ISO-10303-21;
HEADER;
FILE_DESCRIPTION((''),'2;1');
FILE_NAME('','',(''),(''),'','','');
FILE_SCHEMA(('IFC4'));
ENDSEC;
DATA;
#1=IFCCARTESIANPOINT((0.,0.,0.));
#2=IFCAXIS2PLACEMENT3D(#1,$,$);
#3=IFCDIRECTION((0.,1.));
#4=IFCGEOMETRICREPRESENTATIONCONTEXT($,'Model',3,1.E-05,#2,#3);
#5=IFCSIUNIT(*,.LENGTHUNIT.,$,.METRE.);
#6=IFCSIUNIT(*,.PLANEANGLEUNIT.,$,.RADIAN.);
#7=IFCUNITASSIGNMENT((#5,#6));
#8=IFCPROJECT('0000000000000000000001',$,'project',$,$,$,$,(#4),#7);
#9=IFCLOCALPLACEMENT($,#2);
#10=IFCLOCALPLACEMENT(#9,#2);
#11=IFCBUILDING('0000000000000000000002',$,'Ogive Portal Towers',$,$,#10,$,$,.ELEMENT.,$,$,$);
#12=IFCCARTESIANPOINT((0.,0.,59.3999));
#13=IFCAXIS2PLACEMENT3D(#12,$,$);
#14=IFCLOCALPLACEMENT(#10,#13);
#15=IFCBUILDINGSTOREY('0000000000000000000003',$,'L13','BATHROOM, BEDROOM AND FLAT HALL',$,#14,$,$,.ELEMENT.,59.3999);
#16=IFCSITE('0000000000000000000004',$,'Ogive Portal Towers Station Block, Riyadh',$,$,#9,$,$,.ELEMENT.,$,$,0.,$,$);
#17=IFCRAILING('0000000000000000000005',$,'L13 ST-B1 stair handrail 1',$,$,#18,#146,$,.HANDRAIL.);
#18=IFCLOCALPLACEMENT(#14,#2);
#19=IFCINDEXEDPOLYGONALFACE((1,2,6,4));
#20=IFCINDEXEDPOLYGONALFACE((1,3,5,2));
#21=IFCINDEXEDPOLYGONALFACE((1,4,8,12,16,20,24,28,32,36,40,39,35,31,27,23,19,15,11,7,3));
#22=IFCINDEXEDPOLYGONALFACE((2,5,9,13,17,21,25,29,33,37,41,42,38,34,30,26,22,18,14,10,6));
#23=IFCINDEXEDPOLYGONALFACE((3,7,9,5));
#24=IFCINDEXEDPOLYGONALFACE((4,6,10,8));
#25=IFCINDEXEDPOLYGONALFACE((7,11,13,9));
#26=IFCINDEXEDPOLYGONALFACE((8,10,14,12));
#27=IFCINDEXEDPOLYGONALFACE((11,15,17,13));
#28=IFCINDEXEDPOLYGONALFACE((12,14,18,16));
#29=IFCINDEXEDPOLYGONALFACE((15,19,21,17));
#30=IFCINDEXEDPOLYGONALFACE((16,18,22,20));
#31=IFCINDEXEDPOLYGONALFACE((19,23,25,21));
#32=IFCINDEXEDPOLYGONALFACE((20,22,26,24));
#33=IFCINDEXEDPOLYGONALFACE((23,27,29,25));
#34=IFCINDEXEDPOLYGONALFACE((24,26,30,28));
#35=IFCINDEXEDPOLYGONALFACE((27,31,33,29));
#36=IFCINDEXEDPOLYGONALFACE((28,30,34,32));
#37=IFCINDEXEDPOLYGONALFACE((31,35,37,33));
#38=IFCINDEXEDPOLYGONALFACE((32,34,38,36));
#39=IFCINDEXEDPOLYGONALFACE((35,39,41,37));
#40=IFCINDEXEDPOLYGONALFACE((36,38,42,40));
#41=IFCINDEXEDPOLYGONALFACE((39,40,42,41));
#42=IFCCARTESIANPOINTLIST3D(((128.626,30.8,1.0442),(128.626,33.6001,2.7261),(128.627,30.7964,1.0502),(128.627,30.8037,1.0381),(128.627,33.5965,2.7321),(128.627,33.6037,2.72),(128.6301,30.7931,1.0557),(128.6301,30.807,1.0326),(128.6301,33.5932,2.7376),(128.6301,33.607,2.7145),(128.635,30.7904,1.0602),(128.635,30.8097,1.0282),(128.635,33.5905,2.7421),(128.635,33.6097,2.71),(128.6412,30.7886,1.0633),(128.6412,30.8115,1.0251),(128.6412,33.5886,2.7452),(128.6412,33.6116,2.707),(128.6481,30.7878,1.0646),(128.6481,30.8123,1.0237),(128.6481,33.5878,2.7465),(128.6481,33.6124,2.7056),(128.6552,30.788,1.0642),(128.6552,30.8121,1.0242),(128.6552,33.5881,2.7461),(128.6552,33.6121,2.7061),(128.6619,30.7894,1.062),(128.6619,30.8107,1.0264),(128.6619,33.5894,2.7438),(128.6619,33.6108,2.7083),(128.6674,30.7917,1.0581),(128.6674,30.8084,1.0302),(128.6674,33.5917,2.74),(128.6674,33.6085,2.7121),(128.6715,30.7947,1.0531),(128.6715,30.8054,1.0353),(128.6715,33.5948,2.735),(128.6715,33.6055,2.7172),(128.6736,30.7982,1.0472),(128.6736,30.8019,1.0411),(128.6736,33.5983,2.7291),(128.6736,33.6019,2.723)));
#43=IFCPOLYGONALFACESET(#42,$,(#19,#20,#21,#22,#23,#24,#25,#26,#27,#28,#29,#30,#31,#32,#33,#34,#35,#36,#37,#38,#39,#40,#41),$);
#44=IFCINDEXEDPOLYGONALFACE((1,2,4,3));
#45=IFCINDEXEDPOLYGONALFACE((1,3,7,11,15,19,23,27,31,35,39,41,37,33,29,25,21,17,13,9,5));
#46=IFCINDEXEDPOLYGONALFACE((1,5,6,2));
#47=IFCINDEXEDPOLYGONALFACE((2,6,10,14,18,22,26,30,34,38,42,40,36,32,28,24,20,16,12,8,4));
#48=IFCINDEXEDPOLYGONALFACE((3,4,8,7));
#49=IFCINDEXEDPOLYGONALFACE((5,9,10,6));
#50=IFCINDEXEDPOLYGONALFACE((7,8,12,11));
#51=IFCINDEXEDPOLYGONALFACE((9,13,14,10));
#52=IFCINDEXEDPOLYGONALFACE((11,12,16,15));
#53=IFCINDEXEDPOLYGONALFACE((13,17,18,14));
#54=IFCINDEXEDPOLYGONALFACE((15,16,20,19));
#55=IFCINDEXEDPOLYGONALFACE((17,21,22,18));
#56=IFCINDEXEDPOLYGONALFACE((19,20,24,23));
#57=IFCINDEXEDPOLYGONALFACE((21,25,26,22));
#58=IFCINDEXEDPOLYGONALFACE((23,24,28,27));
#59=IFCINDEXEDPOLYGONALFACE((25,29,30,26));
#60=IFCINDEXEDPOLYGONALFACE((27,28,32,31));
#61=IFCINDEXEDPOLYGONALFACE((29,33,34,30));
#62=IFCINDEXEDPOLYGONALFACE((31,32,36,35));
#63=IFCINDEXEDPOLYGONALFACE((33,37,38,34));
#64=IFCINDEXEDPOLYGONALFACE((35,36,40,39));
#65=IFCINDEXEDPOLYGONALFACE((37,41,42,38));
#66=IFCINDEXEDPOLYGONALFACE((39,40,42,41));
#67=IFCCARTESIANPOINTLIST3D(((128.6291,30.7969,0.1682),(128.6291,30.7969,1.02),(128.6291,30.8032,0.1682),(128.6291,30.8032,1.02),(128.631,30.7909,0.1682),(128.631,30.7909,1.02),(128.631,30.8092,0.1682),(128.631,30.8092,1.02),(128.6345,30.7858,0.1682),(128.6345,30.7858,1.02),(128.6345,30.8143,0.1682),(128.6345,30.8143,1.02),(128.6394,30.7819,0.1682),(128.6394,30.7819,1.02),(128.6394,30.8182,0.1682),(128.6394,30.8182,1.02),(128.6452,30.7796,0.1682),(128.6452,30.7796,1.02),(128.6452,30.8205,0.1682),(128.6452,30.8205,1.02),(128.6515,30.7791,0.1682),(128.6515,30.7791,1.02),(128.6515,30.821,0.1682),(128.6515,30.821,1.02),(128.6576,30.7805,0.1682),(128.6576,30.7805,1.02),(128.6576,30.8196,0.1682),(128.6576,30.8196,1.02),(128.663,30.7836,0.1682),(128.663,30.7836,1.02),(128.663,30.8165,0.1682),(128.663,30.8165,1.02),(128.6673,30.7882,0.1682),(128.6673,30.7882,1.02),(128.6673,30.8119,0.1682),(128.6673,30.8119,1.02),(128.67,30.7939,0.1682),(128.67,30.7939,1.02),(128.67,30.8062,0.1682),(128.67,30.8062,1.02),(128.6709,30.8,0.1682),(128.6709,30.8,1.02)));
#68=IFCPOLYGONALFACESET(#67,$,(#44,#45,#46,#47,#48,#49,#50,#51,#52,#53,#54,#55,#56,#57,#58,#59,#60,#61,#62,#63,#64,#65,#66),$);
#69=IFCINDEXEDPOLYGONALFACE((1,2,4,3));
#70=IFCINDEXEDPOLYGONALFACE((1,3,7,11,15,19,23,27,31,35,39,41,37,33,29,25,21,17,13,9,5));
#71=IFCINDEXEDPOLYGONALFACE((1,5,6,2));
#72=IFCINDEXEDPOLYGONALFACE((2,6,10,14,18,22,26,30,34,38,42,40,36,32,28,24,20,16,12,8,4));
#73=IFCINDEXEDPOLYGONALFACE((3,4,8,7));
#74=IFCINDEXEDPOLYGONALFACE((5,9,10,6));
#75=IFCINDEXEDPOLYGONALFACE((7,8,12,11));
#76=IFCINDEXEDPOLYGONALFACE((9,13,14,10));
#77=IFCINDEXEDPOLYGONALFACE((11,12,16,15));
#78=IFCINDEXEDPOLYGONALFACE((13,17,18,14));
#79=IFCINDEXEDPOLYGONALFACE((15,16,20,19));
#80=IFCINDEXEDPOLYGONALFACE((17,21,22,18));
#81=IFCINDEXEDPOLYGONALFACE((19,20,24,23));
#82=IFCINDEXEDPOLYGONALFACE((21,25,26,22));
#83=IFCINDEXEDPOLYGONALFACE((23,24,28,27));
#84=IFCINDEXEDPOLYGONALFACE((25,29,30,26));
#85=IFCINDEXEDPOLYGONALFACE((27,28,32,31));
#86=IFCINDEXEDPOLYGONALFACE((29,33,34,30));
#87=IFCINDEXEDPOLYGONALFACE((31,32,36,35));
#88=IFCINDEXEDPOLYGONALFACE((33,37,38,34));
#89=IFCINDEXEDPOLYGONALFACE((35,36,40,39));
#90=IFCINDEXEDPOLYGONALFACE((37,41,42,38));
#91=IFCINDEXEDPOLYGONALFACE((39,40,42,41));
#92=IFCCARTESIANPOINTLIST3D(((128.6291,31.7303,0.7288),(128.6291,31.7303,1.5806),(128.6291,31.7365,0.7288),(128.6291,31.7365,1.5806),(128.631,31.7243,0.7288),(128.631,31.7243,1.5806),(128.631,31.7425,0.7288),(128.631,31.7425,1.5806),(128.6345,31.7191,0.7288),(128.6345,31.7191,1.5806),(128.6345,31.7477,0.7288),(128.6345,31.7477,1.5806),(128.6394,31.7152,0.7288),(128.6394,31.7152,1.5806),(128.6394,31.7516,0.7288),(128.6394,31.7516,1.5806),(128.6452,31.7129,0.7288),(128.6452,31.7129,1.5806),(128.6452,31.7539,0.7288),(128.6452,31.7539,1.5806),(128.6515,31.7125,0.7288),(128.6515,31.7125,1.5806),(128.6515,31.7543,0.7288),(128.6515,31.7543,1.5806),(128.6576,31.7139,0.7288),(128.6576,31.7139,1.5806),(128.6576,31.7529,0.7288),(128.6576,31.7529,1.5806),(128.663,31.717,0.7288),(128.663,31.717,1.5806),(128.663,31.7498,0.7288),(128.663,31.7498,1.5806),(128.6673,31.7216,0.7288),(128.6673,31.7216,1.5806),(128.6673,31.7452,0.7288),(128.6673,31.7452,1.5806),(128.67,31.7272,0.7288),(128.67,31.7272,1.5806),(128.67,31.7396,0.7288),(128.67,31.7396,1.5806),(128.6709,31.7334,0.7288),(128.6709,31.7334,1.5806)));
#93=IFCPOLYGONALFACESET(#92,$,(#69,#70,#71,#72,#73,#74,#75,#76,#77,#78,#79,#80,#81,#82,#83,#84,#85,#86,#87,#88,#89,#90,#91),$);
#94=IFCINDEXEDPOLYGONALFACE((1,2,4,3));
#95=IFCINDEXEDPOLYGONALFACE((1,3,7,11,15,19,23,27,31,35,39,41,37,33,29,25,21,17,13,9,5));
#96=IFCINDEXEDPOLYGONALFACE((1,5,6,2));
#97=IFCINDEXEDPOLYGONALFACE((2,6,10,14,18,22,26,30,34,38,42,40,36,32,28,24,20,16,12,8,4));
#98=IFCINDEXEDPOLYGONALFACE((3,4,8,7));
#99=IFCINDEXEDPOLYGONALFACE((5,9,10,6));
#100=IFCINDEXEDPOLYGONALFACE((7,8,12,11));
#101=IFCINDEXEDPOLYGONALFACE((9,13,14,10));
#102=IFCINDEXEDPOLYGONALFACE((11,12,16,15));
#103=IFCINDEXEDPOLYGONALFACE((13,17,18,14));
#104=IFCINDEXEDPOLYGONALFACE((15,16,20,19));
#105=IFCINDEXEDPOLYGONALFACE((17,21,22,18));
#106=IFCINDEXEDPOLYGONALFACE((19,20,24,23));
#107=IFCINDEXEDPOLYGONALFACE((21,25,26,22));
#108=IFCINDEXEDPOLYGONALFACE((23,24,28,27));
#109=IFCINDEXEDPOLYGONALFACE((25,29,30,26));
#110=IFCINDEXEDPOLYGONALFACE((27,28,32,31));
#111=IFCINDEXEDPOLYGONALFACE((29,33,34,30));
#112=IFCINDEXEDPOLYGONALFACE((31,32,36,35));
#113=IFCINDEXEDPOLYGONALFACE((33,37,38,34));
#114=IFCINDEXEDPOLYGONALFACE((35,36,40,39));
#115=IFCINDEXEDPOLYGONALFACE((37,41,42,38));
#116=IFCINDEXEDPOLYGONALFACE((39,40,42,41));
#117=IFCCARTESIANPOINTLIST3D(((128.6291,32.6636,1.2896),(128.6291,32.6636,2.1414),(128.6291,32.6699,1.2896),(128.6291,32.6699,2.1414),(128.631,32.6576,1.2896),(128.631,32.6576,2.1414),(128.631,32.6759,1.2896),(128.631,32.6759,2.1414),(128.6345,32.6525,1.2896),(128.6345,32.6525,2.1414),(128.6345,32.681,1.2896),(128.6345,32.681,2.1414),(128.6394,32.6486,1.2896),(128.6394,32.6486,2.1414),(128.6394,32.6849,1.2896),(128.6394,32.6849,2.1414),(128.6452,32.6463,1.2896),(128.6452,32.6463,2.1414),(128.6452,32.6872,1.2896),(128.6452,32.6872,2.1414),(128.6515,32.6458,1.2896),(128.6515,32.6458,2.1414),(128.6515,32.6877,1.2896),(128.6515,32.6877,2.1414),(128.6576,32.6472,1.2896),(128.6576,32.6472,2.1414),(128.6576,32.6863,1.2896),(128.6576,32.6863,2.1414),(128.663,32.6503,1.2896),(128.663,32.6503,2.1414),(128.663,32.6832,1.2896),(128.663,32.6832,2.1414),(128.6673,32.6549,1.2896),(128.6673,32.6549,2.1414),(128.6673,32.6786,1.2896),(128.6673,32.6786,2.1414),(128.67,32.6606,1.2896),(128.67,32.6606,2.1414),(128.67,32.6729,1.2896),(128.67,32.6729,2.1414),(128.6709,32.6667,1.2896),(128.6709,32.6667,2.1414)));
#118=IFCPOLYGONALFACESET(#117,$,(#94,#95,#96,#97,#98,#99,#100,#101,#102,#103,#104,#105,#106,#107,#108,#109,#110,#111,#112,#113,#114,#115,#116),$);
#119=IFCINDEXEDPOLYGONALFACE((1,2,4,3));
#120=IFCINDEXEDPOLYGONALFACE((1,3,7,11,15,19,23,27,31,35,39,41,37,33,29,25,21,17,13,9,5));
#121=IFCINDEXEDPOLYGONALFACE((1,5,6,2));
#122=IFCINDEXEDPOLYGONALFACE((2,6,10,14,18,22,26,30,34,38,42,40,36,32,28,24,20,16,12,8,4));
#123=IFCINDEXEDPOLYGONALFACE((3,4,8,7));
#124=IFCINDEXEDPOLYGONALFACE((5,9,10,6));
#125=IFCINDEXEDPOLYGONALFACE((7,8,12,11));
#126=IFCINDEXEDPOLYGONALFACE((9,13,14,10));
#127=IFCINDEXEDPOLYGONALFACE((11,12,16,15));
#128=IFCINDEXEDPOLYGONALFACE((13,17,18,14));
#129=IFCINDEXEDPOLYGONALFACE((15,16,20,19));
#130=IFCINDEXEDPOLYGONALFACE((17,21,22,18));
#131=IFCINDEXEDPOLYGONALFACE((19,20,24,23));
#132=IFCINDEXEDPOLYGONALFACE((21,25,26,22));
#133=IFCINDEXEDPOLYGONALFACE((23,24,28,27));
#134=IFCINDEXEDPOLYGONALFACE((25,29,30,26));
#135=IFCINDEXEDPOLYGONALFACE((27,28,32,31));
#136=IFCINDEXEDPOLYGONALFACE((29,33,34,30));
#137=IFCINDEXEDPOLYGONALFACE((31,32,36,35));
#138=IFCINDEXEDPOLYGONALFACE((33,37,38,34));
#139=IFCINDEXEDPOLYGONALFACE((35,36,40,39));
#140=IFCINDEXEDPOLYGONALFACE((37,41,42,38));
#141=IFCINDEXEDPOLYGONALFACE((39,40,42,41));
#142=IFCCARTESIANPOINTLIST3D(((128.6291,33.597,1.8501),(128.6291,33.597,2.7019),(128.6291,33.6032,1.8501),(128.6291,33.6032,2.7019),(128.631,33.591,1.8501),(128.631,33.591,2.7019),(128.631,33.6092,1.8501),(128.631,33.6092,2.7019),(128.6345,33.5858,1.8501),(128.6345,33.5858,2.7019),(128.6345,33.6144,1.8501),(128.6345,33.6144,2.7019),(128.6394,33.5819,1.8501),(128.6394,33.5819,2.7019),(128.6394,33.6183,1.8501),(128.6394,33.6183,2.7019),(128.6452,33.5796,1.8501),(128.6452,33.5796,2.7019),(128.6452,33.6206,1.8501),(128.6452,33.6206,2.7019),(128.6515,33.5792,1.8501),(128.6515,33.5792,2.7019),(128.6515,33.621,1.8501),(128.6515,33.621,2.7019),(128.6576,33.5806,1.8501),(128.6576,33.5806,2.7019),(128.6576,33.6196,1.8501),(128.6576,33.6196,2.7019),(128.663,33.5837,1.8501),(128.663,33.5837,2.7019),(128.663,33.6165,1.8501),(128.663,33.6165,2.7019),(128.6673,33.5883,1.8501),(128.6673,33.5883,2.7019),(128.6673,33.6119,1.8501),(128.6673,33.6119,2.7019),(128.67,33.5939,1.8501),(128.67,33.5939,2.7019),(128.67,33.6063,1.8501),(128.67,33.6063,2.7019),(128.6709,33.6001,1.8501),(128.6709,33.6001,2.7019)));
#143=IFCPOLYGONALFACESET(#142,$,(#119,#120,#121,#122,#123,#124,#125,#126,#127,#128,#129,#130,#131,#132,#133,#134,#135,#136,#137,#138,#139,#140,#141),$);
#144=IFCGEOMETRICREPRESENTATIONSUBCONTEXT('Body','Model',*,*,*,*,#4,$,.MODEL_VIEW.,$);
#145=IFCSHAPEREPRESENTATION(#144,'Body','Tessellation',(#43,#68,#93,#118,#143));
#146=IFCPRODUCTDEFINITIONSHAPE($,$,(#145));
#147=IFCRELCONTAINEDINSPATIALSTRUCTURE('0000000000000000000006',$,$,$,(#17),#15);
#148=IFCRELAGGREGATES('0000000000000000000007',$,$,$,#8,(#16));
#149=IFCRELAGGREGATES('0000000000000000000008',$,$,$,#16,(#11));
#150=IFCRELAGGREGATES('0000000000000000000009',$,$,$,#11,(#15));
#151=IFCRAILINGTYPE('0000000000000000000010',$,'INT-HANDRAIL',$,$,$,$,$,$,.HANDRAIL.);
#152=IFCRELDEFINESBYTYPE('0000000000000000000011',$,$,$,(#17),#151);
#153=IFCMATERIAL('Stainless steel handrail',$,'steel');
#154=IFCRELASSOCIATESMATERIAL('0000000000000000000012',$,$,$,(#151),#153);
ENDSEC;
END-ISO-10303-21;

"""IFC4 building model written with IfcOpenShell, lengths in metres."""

from ifc_helpers import new_model, si_unit, direction, frame, origin, origin_2d, place, context, subcontext, project, spatial, circle, extrude, material, type_object, element, save


model = new_model("IFC4")

# Units and contexts
model_context = context("Model", 3, precision=1e-05, world=origin(), true_north=direction((0.0, 1.0)))
body_context = subcontext(model_context, "Body", "Model", "MODEL_VIEW")
ifc_project = project(units=[si_unit("LENGTHUNIT", "METRE"), si_unit("PLANEANGLEUNIT", "RADIAN")], contexts=[model_context])

# Site, building, storey
site_placement = place(None, origin())
site = spatial("IfcSite", under=ifc_project, at=site_placement, Name="Ogive Portal Towers Station Block, Riyadh", CompositionType="ELEMENT", RefElevation=0.0)
building_placement = place(site_placement, origin())
building = spatial("IfcBuilding", under=site, at=building_placement, Name="Ogive Portal Towers", CompositionType="ELEMENT")
storey_placement = place(building_placement, frame((0.0, 0.0, 59.3999)))
storey = spatial("IfcBuildingStorey", under=building, at=storey_placement, Name="L13", Description="BATHROOM, BEDROOM AND FLAT HALL", CompositionType="ELEMENT", Elevation=59.3999)

# Railing
ifc_material_1 = material(Name="Stainless steel handrail", Category="steel")
railing_type_1 = type_object("IfcRailingType", Name="INT-HANDRAIL", PredefinedType="HANDRAIL", material=ifc_material_1)
railing_1_placement = place(storey_placement, frame((128.6499, 30.8, 0.1682)))
element("IfcRailing", 1, at=railing_1_placement, inside=storey, type_object=railing_type_1, Name="L13 ST-B1 stair handrail 1", PredefinedType="HANDRAIL", context=body_context, shape_type="SweptSolid", body=[
    extrude(circle(Radius=0.0239, at=origin_2d()), frame((0.0, 0.0, 0.876), z_axis=(0.0, 0.857242, 0.514913), x_axis=(-1.0, 0.0, 0.0)), (0.0, 0.0, 1.0), 3.2664),
    extrude(circle(Radius=0.021, at=origin_2d()), origin(), (0.0, 0.0, 1.0), 0.8518),
    extrude(circle(Radius=0.021, at=origin_2d()), frame((0.0, 0.9333, 0.5605)), (0.0, 0.0, 1.0), 0.8518),
    extrude(circle(Radius=0.021, at=origin_2d()), frame((0.0, 1.8667, 1.1213)), (0.0, 0.0, 1.0), 0.8518),
    extrude(circle(Radius=0.021, at=origin_2d()), frame((0.0, 2.8, 1.6819)), (0.0, 0.0, 1.0), 0.8518),
])

save(model, "model.ifc")
